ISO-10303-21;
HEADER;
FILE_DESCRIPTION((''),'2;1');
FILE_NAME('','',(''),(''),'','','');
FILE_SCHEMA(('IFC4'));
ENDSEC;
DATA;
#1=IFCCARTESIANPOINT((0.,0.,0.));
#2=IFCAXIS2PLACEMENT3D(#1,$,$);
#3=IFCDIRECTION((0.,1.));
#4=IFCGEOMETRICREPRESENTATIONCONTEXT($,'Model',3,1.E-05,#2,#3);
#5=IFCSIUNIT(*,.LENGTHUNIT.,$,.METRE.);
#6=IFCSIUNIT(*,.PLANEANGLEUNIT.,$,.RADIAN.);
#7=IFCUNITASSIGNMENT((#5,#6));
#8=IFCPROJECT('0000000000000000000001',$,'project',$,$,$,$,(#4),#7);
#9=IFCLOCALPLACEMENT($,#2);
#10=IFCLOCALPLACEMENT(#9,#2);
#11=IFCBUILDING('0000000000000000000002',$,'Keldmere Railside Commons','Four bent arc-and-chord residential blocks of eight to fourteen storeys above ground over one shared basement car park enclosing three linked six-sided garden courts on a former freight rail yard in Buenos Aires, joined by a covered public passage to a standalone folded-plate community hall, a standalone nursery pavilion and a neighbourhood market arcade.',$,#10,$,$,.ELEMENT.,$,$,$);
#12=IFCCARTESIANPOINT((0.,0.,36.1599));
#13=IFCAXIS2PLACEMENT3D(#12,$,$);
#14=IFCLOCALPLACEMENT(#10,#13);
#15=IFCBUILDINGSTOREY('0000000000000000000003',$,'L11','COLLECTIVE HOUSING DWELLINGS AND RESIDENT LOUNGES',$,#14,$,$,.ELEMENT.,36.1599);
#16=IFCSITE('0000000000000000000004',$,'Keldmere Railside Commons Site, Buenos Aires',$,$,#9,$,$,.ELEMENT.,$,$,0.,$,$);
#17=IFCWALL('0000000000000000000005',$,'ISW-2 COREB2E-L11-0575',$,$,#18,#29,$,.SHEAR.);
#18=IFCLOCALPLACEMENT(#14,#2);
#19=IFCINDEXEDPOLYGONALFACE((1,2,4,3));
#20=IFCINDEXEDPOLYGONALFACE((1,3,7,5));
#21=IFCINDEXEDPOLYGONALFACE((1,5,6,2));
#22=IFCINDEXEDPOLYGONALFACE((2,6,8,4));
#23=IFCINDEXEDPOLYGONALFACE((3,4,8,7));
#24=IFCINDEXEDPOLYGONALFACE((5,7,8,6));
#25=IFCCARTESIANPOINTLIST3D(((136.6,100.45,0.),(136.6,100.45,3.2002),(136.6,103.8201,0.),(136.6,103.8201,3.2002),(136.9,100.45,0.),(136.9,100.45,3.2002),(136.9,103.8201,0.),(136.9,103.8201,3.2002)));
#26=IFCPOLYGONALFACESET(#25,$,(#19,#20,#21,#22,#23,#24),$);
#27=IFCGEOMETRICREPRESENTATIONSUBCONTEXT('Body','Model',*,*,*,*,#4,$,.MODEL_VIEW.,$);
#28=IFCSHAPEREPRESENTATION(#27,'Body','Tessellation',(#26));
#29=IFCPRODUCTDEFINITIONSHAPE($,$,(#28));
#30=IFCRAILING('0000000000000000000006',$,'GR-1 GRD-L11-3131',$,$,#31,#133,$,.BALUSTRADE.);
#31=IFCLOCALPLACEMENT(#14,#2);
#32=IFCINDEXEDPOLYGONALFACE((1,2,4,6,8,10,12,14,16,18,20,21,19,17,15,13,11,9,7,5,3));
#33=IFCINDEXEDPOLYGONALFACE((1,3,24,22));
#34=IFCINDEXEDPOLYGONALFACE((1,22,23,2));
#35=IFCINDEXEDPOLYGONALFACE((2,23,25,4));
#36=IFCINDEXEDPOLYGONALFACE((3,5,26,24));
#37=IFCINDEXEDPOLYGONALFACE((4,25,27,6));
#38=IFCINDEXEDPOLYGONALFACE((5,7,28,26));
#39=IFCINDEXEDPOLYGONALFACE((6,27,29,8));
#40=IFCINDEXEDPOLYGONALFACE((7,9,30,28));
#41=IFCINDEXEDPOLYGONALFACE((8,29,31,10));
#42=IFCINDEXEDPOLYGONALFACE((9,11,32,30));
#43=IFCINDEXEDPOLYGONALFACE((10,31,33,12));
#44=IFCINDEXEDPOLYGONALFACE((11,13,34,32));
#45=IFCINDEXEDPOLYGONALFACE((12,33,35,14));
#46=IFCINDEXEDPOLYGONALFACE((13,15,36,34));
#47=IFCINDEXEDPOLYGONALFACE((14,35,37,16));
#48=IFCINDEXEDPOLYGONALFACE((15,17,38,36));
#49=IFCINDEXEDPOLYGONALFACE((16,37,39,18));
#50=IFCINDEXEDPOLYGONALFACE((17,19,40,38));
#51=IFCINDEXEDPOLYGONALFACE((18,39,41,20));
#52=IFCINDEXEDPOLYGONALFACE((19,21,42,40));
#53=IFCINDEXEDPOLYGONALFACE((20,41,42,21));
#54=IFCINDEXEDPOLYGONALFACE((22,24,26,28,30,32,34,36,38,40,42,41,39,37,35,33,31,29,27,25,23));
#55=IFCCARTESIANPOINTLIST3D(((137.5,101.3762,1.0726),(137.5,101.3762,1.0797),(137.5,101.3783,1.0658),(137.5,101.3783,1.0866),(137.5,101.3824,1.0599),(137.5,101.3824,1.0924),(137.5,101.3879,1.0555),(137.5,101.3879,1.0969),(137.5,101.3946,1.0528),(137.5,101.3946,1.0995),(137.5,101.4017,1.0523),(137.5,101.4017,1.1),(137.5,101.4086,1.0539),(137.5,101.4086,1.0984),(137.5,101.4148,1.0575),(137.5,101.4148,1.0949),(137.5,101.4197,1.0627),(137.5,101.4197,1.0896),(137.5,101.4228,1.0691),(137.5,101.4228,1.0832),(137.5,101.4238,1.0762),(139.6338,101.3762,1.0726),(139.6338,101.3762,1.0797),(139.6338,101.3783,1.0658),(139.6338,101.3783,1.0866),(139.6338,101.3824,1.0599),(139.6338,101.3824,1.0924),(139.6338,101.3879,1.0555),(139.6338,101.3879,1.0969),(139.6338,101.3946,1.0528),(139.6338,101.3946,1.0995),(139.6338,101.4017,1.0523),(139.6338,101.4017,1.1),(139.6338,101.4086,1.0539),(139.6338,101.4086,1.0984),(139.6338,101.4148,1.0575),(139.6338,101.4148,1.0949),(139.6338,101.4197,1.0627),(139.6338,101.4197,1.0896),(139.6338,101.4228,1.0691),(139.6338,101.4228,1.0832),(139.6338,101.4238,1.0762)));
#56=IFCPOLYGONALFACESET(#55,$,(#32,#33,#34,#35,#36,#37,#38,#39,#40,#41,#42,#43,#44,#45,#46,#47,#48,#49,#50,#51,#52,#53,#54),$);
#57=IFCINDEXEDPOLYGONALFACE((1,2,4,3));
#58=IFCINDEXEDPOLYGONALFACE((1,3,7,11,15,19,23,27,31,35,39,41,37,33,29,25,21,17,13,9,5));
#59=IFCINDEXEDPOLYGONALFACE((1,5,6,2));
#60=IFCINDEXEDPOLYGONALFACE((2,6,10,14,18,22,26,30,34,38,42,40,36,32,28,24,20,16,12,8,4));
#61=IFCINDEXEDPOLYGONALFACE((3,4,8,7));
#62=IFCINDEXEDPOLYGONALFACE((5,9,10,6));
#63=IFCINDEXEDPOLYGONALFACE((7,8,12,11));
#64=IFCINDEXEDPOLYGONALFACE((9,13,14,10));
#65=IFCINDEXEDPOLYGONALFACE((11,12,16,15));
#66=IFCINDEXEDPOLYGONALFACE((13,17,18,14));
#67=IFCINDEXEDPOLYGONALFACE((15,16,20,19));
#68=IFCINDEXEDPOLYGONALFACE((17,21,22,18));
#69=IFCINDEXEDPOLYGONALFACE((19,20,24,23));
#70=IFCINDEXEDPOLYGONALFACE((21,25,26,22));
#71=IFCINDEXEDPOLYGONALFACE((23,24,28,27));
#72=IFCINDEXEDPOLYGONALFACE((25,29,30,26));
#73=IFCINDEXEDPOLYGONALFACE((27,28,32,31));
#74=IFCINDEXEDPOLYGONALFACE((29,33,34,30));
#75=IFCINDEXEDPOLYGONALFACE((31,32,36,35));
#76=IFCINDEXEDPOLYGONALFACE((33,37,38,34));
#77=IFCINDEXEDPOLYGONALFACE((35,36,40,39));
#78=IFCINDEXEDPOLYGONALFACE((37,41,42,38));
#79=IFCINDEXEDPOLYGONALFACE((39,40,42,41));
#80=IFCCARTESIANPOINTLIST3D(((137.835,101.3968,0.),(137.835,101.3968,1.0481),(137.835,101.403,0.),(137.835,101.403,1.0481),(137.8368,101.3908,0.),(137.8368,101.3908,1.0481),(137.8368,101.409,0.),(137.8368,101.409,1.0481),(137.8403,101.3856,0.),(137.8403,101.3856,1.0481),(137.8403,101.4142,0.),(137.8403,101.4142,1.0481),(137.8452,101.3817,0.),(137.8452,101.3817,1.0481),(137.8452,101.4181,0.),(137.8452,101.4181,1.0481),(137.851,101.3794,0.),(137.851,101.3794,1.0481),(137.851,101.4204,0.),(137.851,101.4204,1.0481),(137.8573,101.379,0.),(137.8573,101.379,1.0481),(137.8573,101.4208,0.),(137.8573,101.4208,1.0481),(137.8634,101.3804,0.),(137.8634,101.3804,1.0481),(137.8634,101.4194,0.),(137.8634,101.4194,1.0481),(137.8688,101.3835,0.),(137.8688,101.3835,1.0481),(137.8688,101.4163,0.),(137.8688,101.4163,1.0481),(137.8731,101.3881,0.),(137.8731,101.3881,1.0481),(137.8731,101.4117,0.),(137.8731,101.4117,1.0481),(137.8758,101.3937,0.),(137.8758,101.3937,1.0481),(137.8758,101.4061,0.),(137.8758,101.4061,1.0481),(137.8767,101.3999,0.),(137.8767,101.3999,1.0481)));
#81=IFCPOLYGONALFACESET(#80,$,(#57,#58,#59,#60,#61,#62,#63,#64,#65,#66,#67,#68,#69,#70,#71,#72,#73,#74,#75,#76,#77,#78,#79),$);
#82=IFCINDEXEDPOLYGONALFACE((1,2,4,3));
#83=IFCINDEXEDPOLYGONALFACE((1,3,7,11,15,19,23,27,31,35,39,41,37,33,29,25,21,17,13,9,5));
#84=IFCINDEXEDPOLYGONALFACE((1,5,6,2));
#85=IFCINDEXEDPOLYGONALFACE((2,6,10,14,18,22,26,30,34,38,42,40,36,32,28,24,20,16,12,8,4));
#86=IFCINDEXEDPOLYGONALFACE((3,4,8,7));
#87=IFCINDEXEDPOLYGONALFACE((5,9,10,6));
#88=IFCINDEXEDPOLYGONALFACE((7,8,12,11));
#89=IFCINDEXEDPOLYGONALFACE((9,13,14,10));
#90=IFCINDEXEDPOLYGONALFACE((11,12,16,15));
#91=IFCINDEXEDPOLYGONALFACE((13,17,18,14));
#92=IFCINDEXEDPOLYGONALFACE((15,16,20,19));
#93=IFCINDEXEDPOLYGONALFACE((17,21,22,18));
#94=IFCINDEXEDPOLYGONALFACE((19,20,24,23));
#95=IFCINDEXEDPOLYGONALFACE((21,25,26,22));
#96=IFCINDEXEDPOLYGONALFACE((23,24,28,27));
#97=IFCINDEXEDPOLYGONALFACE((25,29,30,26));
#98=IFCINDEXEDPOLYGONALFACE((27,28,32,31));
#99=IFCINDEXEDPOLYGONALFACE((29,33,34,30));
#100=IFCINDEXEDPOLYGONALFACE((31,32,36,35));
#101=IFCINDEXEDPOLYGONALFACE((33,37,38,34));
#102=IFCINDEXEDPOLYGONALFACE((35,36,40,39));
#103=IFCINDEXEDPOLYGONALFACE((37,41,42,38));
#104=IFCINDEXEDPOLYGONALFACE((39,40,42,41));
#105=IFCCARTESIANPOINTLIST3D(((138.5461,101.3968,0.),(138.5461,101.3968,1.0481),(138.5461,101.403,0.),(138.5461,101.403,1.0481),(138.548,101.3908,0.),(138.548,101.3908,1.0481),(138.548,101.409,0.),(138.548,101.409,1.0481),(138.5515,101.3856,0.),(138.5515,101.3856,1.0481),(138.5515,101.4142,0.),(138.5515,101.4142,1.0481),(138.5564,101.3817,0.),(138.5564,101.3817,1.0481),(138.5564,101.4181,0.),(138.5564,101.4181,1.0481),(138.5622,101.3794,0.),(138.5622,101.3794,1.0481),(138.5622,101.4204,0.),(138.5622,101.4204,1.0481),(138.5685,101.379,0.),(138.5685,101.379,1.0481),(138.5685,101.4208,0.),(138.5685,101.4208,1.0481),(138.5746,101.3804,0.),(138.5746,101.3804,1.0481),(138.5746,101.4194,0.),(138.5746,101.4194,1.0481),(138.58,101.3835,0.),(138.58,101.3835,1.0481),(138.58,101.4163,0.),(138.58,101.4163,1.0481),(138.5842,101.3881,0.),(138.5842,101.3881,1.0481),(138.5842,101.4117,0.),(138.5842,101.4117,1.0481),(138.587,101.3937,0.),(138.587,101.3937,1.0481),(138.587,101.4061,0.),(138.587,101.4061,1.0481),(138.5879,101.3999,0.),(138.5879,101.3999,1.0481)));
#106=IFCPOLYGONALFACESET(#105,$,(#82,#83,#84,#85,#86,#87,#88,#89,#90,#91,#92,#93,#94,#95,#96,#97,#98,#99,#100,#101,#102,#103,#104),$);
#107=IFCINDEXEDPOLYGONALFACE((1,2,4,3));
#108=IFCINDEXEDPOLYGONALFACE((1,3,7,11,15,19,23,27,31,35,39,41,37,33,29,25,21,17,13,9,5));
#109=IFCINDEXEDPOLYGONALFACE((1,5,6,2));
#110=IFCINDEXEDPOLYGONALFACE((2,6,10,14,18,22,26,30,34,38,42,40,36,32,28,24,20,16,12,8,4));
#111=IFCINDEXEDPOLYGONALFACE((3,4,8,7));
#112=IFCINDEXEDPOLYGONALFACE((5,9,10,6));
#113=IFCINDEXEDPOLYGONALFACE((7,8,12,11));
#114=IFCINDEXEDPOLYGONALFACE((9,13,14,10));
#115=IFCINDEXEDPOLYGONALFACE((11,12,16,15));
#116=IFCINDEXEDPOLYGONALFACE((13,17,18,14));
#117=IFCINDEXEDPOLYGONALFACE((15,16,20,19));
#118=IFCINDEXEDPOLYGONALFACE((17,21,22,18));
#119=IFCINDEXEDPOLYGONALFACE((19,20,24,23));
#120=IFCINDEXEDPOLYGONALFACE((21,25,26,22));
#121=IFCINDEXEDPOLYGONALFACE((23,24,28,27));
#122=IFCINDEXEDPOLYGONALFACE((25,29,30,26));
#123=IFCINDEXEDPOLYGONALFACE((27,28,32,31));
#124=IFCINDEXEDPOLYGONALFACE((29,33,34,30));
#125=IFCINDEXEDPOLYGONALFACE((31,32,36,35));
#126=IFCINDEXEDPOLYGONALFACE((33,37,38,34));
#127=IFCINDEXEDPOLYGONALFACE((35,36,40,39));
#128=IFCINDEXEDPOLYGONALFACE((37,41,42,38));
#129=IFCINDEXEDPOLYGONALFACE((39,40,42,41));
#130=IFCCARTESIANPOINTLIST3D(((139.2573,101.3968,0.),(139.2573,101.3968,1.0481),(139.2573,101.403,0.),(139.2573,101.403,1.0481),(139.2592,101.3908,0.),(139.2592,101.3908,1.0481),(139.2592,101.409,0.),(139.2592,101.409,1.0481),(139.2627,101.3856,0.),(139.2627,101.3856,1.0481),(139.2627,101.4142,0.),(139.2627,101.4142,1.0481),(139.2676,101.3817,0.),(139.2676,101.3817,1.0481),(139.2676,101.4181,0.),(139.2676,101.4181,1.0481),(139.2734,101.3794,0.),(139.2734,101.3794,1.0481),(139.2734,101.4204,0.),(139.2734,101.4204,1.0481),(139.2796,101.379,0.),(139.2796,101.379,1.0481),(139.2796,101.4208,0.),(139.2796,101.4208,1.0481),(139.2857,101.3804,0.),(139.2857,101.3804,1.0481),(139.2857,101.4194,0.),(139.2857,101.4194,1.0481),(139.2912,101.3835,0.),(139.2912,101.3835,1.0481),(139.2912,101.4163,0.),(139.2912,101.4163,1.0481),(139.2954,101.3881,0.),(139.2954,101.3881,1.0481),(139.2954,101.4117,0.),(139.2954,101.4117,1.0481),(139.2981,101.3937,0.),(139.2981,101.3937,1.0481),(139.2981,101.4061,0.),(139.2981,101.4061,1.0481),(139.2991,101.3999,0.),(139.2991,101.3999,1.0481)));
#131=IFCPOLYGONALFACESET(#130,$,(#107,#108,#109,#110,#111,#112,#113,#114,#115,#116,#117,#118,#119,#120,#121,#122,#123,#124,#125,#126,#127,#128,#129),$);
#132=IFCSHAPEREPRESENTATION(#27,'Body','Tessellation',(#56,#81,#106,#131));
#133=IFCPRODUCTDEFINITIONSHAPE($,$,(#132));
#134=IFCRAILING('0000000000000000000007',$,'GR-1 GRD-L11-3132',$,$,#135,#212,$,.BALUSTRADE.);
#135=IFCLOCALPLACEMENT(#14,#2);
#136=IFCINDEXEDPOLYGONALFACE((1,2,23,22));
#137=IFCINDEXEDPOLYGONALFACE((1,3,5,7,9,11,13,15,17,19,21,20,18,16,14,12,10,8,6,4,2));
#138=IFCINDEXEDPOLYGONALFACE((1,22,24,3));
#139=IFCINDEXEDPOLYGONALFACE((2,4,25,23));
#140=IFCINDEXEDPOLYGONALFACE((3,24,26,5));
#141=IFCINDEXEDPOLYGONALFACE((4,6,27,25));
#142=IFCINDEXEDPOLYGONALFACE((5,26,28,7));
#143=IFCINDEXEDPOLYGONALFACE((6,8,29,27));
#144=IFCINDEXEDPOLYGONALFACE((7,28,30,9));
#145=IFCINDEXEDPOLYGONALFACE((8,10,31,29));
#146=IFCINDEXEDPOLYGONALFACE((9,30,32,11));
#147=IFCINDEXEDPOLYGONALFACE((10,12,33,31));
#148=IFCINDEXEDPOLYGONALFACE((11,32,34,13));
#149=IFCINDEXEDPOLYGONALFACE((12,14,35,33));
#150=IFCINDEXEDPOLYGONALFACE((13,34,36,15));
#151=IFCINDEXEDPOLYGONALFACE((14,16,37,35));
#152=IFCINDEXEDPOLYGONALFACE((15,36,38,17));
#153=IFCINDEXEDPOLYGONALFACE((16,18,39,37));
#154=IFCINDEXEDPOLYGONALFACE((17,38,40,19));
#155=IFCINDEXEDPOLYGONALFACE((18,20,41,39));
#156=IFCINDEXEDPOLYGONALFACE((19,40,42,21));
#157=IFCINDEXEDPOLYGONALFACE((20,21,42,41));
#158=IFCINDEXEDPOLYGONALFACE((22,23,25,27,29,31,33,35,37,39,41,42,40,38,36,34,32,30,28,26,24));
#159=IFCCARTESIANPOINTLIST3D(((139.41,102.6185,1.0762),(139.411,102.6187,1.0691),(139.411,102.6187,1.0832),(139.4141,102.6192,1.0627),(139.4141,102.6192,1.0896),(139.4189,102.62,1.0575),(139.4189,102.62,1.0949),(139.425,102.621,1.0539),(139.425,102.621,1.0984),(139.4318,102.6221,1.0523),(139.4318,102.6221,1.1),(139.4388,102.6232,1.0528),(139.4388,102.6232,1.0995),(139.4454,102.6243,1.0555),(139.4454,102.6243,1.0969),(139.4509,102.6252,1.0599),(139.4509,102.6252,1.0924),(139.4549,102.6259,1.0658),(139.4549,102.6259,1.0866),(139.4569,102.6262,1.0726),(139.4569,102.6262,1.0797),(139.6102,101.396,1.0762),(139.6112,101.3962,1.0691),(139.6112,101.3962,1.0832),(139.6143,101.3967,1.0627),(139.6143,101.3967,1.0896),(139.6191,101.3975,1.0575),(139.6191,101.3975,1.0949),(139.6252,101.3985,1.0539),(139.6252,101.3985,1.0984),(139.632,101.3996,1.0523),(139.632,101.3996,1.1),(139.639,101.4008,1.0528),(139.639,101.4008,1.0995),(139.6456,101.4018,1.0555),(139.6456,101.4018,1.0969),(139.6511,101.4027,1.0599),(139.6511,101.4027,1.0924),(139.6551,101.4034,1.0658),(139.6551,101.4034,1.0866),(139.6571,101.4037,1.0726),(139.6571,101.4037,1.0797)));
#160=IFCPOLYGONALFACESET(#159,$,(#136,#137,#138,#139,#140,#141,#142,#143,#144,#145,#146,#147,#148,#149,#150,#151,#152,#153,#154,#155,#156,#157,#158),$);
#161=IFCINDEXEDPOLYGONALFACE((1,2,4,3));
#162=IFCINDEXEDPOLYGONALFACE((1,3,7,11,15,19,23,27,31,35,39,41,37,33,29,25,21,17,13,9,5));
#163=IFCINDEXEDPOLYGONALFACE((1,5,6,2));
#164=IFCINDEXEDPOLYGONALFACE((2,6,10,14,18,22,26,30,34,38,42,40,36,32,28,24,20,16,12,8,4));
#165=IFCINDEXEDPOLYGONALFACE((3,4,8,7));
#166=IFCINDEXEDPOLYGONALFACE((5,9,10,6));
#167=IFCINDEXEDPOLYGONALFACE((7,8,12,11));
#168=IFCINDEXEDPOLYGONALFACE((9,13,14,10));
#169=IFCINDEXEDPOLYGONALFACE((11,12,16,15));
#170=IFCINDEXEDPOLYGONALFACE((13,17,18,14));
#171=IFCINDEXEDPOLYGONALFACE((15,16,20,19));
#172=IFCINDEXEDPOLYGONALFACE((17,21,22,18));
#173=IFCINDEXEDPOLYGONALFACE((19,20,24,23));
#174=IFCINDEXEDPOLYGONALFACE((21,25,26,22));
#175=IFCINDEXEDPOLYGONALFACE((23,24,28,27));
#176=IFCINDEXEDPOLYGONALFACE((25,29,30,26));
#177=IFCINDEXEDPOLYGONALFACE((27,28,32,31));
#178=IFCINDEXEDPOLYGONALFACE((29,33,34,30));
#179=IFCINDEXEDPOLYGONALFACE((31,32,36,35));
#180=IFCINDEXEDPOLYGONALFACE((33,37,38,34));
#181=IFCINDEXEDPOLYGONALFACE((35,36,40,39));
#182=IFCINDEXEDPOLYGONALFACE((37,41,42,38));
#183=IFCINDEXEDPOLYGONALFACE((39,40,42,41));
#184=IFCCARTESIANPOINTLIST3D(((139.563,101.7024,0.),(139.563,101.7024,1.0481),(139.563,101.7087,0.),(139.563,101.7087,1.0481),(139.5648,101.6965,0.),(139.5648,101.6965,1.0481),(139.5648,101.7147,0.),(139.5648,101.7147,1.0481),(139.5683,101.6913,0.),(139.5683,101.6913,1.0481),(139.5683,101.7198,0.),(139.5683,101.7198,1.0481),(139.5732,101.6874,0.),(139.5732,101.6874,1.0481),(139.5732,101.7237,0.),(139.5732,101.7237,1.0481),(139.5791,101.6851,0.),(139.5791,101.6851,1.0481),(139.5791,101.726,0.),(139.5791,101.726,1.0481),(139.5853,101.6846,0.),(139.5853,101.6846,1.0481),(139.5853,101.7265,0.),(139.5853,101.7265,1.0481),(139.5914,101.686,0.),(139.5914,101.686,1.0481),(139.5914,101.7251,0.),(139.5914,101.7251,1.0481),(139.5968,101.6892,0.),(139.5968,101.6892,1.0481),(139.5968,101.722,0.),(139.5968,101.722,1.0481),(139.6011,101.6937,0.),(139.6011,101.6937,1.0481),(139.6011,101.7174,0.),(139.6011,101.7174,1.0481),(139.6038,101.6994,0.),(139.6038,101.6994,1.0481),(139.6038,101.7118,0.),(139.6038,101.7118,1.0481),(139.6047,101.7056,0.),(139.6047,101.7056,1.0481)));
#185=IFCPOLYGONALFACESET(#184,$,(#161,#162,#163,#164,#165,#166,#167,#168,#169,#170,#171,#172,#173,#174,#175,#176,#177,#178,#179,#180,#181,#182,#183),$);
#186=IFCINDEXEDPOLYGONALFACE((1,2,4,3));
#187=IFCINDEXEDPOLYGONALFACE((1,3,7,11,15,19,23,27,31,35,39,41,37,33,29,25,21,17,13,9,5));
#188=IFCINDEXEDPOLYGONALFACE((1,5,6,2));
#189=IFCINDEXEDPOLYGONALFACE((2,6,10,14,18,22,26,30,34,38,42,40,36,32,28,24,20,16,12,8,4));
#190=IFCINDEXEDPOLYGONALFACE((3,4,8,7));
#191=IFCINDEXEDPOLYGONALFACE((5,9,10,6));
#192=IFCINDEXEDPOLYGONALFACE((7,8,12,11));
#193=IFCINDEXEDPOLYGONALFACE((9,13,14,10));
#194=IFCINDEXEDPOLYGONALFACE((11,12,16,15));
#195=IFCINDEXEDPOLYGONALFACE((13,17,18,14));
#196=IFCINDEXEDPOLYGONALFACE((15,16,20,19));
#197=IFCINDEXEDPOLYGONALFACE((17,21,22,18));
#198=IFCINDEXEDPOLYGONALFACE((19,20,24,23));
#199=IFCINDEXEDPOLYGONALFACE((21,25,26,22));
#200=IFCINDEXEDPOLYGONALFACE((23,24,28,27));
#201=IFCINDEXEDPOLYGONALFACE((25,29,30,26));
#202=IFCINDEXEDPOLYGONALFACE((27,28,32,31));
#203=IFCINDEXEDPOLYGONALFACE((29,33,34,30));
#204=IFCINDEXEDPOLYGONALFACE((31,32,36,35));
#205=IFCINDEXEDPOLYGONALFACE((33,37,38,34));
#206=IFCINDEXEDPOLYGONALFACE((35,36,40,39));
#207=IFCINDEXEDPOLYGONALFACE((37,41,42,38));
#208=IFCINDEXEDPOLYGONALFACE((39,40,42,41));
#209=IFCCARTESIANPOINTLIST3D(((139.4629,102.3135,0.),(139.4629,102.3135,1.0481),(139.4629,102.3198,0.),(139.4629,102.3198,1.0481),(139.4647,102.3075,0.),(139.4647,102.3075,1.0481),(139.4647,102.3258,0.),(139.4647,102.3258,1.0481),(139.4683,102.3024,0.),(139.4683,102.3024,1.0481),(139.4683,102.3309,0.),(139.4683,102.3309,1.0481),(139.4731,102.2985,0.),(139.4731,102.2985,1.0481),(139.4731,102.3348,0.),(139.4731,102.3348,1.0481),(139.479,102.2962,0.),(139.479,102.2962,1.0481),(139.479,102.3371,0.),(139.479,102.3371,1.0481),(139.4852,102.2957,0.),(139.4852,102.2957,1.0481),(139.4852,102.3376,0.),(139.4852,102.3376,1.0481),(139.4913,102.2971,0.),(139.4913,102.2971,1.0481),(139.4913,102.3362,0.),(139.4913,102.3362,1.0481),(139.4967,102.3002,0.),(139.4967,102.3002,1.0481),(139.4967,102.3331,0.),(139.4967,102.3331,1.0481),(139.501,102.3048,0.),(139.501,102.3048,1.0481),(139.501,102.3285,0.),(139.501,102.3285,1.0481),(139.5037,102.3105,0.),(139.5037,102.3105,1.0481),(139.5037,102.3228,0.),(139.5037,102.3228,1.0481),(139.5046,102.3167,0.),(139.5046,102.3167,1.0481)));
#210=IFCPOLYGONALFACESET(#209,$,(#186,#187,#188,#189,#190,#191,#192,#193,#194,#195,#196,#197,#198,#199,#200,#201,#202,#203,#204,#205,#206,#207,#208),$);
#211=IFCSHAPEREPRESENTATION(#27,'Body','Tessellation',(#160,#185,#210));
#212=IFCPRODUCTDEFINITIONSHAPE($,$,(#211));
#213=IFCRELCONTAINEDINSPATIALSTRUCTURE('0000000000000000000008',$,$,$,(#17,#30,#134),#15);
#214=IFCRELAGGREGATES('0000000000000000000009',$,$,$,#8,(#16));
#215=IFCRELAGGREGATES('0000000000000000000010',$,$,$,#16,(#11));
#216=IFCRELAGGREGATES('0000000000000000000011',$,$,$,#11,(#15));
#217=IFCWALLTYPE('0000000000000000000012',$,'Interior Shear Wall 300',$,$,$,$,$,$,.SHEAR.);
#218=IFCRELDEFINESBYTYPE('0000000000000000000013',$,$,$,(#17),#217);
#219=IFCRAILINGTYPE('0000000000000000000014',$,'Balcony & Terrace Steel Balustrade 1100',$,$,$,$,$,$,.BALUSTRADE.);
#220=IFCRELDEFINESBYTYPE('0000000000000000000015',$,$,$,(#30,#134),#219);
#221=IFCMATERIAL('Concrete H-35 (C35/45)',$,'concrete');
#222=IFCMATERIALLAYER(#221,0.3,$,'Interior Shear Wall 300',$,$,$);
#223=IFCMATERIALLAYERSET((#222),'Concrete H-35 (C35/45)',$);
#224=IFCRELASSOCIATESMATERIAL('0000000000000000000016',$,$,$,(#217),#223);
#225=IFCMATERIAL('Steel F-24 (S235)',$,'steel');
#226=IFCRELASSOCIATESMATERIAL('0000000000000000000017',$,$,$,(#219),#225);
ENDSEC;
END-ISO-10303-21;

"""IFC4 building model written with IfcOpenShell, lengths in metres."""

from ifc_helpers import new_model, si_unit, direction, frame, frame_2d, origin, origin_2d, place, context, subcontext, project, spatial, rectangle, circle, extrude, material, layer, layer_set, type_object, element, save


model = new_model("IFC4")

# Units and contexts
model_context = context("Model", 3, precision=1e-05, world=origin(), true_north=direction((0.0, 1.0)))
body_context = subcontext(model_context, "Body", "Model", "MODEL_VIEW")
ifc_project = project(units=[si_unit("LENGTHUNIT", "METRE"), si_unit("PLANEANGLEUNIT", "RADIAN")], contexts=[model_context])

# Site, building, storey
site_placement = place(None, origin())
site = spatial("IfcSite", under=ifc_project, at=site_placement, Name="Keldmere Railside Commons Site, Buenos Aires", CompositionType="ELEMENT", RefElevation=0.0)
building_placement = place(site_placement, origin())
building = spatial("IfcBuilding", under=site, at=building_placement, Name="Keldmere Railside Commons", Description="Four bent arc-and-chord residential blocks of eight to fourteen storeys above ground over one shared basement car park enclosing three linked six-sided garden courts on a former freight rail yard in Buenos Aires, joined by a covered public passage to a standalone folded-plate community hall, a standalone nursery pavilion and a neighbourhood market arcade.", CompositionType="ELEMENT")
storey_placement = place(building_placement, frame((0.0, 0.0, 36.1599)))
storey = spatial("IfcBuildingStorey", under=building, at=storey_placement, Name="L11", Description="COLLECTIVE HOUSING DWELLINGS AND RESIDENT LOUNGES", CompositionType="ELEMENT", Elevation=36.1599)

# Shared definitions
ifc_material_1 = material(Name="Concrete H-35 (C35/45)", Category="concrete")

# Wall
ifc_layer_1 = layer(ifc_material_1, 0.3, Name="Interior Shear Wall 300")
ifc_layer_set_1 = layer_set([ifc_layer_1], Name="Concrete H-35 (C35/45)")
wall_type_1 = type_object("IfcWallType", Name="Interior Shear Wall 300", PredefinedType="SHEAR", material=ifc_layer_set_1)
wall_1_placement = place(storey_placement, frame((136.75, 100.45, 0.0), z_axis=(0.0, 0.0, 1.0), x_axis=(0.0, 1.0, 0.0)))
element("IfcWall", 1, at=wall_1_placement, inside=storey, type_object=wall_type_1, Name="ISW-2 COREB2E-L11-0575", PredefinedType="SHEAR", context=body_context, shape_type="SweptSolid", body=[
    extrude(rectangle(XDim=3.3701, YDim=0.3, at=frame_2d((1.6851, 0.0))), origin(), (0.0, 0.0, 1.0), 3.2002),
])

# Shared definitions
ifc_material_2 = material(Name="Steel F-24 (S235)", Category="steel")

# Railings
railing_type_1 = type_object("IfcRailingType", Name="Balcony & Terrace Steel Balustrade 1100", PredefinedType="BALUSTRADE", material=ifc_material_2)
railing_1_placement = place(storey_placement, frame((137.5, 101.3999, 0.0)))
element("IfcRailing", 2, at=railing_1_placement, inside=storey, type_object=railing_type_1, Name="GR-1 GRD-L11-3131", PredefinedType="BALUSTRADE", context=body_context, shape_type="SweptSolid", body=[
    extrude(circle(Radius=0.0239, at=origin_2d()), frame((0.0, 0.0, 1.0762), z_axis=(1.0, 0.0, 0.0), x_axis=(0.0, 1.0, 0.0)), (0.0, 0.0, 1.0), 2.1338),
    extrude(circle(Radius=0.021, at=origin_2d()), frame((0.3557, 0.0, 0.0)), (0.0, 0.0, 1.0), 1.0481),
    extrude(circle(Radius=0.021, at=origin_2d()), frame((1.0669, 0.0, 0.0)), (0.0, 0.0, 1.0), 1.0481),
    extrude(circle(Radius=0.021, at=origin_2d()), frame((1.7781, 0.0, 0.0)), (0.0, 0.0, 1.0), 1.0481),
])
railing_2_placement = place(storey_placement, frame((139.6338, 101.3999, 0.0)))
element("IfcRailing", 3, at=railing_2_placement, inside=storey, type_object=railing_type_1, Name="GR-1 GRD-L11-3132", PredefinedType="BALUSTRADE", context=body_context, shape_type="SweptSolid", body=[
    extrude(circle(Radius=0.0239, at=origin_2d()), frame((0.0, 0.0, 1.0762), z_axis=(-0.161618, 0.986853, 0.0), x_axis=(-0.986853, -0.161618, 0.0)), (0.0, 0.0, 1.0), 1.2388),
    extrude(circle(Radius=0.021, at=origin_2d()), frame((-0.05, 0.3057, 0.0)), (0.0, 0.0, 1.0), 1.0481),
    extrude(circle(Radius=0.021, at=origin_2d()), frame((-0.1501, 0.9167, 0.0)), (0.0, 0.0, 1.0), 1.0481),
])

save(model, "model.ifc")
